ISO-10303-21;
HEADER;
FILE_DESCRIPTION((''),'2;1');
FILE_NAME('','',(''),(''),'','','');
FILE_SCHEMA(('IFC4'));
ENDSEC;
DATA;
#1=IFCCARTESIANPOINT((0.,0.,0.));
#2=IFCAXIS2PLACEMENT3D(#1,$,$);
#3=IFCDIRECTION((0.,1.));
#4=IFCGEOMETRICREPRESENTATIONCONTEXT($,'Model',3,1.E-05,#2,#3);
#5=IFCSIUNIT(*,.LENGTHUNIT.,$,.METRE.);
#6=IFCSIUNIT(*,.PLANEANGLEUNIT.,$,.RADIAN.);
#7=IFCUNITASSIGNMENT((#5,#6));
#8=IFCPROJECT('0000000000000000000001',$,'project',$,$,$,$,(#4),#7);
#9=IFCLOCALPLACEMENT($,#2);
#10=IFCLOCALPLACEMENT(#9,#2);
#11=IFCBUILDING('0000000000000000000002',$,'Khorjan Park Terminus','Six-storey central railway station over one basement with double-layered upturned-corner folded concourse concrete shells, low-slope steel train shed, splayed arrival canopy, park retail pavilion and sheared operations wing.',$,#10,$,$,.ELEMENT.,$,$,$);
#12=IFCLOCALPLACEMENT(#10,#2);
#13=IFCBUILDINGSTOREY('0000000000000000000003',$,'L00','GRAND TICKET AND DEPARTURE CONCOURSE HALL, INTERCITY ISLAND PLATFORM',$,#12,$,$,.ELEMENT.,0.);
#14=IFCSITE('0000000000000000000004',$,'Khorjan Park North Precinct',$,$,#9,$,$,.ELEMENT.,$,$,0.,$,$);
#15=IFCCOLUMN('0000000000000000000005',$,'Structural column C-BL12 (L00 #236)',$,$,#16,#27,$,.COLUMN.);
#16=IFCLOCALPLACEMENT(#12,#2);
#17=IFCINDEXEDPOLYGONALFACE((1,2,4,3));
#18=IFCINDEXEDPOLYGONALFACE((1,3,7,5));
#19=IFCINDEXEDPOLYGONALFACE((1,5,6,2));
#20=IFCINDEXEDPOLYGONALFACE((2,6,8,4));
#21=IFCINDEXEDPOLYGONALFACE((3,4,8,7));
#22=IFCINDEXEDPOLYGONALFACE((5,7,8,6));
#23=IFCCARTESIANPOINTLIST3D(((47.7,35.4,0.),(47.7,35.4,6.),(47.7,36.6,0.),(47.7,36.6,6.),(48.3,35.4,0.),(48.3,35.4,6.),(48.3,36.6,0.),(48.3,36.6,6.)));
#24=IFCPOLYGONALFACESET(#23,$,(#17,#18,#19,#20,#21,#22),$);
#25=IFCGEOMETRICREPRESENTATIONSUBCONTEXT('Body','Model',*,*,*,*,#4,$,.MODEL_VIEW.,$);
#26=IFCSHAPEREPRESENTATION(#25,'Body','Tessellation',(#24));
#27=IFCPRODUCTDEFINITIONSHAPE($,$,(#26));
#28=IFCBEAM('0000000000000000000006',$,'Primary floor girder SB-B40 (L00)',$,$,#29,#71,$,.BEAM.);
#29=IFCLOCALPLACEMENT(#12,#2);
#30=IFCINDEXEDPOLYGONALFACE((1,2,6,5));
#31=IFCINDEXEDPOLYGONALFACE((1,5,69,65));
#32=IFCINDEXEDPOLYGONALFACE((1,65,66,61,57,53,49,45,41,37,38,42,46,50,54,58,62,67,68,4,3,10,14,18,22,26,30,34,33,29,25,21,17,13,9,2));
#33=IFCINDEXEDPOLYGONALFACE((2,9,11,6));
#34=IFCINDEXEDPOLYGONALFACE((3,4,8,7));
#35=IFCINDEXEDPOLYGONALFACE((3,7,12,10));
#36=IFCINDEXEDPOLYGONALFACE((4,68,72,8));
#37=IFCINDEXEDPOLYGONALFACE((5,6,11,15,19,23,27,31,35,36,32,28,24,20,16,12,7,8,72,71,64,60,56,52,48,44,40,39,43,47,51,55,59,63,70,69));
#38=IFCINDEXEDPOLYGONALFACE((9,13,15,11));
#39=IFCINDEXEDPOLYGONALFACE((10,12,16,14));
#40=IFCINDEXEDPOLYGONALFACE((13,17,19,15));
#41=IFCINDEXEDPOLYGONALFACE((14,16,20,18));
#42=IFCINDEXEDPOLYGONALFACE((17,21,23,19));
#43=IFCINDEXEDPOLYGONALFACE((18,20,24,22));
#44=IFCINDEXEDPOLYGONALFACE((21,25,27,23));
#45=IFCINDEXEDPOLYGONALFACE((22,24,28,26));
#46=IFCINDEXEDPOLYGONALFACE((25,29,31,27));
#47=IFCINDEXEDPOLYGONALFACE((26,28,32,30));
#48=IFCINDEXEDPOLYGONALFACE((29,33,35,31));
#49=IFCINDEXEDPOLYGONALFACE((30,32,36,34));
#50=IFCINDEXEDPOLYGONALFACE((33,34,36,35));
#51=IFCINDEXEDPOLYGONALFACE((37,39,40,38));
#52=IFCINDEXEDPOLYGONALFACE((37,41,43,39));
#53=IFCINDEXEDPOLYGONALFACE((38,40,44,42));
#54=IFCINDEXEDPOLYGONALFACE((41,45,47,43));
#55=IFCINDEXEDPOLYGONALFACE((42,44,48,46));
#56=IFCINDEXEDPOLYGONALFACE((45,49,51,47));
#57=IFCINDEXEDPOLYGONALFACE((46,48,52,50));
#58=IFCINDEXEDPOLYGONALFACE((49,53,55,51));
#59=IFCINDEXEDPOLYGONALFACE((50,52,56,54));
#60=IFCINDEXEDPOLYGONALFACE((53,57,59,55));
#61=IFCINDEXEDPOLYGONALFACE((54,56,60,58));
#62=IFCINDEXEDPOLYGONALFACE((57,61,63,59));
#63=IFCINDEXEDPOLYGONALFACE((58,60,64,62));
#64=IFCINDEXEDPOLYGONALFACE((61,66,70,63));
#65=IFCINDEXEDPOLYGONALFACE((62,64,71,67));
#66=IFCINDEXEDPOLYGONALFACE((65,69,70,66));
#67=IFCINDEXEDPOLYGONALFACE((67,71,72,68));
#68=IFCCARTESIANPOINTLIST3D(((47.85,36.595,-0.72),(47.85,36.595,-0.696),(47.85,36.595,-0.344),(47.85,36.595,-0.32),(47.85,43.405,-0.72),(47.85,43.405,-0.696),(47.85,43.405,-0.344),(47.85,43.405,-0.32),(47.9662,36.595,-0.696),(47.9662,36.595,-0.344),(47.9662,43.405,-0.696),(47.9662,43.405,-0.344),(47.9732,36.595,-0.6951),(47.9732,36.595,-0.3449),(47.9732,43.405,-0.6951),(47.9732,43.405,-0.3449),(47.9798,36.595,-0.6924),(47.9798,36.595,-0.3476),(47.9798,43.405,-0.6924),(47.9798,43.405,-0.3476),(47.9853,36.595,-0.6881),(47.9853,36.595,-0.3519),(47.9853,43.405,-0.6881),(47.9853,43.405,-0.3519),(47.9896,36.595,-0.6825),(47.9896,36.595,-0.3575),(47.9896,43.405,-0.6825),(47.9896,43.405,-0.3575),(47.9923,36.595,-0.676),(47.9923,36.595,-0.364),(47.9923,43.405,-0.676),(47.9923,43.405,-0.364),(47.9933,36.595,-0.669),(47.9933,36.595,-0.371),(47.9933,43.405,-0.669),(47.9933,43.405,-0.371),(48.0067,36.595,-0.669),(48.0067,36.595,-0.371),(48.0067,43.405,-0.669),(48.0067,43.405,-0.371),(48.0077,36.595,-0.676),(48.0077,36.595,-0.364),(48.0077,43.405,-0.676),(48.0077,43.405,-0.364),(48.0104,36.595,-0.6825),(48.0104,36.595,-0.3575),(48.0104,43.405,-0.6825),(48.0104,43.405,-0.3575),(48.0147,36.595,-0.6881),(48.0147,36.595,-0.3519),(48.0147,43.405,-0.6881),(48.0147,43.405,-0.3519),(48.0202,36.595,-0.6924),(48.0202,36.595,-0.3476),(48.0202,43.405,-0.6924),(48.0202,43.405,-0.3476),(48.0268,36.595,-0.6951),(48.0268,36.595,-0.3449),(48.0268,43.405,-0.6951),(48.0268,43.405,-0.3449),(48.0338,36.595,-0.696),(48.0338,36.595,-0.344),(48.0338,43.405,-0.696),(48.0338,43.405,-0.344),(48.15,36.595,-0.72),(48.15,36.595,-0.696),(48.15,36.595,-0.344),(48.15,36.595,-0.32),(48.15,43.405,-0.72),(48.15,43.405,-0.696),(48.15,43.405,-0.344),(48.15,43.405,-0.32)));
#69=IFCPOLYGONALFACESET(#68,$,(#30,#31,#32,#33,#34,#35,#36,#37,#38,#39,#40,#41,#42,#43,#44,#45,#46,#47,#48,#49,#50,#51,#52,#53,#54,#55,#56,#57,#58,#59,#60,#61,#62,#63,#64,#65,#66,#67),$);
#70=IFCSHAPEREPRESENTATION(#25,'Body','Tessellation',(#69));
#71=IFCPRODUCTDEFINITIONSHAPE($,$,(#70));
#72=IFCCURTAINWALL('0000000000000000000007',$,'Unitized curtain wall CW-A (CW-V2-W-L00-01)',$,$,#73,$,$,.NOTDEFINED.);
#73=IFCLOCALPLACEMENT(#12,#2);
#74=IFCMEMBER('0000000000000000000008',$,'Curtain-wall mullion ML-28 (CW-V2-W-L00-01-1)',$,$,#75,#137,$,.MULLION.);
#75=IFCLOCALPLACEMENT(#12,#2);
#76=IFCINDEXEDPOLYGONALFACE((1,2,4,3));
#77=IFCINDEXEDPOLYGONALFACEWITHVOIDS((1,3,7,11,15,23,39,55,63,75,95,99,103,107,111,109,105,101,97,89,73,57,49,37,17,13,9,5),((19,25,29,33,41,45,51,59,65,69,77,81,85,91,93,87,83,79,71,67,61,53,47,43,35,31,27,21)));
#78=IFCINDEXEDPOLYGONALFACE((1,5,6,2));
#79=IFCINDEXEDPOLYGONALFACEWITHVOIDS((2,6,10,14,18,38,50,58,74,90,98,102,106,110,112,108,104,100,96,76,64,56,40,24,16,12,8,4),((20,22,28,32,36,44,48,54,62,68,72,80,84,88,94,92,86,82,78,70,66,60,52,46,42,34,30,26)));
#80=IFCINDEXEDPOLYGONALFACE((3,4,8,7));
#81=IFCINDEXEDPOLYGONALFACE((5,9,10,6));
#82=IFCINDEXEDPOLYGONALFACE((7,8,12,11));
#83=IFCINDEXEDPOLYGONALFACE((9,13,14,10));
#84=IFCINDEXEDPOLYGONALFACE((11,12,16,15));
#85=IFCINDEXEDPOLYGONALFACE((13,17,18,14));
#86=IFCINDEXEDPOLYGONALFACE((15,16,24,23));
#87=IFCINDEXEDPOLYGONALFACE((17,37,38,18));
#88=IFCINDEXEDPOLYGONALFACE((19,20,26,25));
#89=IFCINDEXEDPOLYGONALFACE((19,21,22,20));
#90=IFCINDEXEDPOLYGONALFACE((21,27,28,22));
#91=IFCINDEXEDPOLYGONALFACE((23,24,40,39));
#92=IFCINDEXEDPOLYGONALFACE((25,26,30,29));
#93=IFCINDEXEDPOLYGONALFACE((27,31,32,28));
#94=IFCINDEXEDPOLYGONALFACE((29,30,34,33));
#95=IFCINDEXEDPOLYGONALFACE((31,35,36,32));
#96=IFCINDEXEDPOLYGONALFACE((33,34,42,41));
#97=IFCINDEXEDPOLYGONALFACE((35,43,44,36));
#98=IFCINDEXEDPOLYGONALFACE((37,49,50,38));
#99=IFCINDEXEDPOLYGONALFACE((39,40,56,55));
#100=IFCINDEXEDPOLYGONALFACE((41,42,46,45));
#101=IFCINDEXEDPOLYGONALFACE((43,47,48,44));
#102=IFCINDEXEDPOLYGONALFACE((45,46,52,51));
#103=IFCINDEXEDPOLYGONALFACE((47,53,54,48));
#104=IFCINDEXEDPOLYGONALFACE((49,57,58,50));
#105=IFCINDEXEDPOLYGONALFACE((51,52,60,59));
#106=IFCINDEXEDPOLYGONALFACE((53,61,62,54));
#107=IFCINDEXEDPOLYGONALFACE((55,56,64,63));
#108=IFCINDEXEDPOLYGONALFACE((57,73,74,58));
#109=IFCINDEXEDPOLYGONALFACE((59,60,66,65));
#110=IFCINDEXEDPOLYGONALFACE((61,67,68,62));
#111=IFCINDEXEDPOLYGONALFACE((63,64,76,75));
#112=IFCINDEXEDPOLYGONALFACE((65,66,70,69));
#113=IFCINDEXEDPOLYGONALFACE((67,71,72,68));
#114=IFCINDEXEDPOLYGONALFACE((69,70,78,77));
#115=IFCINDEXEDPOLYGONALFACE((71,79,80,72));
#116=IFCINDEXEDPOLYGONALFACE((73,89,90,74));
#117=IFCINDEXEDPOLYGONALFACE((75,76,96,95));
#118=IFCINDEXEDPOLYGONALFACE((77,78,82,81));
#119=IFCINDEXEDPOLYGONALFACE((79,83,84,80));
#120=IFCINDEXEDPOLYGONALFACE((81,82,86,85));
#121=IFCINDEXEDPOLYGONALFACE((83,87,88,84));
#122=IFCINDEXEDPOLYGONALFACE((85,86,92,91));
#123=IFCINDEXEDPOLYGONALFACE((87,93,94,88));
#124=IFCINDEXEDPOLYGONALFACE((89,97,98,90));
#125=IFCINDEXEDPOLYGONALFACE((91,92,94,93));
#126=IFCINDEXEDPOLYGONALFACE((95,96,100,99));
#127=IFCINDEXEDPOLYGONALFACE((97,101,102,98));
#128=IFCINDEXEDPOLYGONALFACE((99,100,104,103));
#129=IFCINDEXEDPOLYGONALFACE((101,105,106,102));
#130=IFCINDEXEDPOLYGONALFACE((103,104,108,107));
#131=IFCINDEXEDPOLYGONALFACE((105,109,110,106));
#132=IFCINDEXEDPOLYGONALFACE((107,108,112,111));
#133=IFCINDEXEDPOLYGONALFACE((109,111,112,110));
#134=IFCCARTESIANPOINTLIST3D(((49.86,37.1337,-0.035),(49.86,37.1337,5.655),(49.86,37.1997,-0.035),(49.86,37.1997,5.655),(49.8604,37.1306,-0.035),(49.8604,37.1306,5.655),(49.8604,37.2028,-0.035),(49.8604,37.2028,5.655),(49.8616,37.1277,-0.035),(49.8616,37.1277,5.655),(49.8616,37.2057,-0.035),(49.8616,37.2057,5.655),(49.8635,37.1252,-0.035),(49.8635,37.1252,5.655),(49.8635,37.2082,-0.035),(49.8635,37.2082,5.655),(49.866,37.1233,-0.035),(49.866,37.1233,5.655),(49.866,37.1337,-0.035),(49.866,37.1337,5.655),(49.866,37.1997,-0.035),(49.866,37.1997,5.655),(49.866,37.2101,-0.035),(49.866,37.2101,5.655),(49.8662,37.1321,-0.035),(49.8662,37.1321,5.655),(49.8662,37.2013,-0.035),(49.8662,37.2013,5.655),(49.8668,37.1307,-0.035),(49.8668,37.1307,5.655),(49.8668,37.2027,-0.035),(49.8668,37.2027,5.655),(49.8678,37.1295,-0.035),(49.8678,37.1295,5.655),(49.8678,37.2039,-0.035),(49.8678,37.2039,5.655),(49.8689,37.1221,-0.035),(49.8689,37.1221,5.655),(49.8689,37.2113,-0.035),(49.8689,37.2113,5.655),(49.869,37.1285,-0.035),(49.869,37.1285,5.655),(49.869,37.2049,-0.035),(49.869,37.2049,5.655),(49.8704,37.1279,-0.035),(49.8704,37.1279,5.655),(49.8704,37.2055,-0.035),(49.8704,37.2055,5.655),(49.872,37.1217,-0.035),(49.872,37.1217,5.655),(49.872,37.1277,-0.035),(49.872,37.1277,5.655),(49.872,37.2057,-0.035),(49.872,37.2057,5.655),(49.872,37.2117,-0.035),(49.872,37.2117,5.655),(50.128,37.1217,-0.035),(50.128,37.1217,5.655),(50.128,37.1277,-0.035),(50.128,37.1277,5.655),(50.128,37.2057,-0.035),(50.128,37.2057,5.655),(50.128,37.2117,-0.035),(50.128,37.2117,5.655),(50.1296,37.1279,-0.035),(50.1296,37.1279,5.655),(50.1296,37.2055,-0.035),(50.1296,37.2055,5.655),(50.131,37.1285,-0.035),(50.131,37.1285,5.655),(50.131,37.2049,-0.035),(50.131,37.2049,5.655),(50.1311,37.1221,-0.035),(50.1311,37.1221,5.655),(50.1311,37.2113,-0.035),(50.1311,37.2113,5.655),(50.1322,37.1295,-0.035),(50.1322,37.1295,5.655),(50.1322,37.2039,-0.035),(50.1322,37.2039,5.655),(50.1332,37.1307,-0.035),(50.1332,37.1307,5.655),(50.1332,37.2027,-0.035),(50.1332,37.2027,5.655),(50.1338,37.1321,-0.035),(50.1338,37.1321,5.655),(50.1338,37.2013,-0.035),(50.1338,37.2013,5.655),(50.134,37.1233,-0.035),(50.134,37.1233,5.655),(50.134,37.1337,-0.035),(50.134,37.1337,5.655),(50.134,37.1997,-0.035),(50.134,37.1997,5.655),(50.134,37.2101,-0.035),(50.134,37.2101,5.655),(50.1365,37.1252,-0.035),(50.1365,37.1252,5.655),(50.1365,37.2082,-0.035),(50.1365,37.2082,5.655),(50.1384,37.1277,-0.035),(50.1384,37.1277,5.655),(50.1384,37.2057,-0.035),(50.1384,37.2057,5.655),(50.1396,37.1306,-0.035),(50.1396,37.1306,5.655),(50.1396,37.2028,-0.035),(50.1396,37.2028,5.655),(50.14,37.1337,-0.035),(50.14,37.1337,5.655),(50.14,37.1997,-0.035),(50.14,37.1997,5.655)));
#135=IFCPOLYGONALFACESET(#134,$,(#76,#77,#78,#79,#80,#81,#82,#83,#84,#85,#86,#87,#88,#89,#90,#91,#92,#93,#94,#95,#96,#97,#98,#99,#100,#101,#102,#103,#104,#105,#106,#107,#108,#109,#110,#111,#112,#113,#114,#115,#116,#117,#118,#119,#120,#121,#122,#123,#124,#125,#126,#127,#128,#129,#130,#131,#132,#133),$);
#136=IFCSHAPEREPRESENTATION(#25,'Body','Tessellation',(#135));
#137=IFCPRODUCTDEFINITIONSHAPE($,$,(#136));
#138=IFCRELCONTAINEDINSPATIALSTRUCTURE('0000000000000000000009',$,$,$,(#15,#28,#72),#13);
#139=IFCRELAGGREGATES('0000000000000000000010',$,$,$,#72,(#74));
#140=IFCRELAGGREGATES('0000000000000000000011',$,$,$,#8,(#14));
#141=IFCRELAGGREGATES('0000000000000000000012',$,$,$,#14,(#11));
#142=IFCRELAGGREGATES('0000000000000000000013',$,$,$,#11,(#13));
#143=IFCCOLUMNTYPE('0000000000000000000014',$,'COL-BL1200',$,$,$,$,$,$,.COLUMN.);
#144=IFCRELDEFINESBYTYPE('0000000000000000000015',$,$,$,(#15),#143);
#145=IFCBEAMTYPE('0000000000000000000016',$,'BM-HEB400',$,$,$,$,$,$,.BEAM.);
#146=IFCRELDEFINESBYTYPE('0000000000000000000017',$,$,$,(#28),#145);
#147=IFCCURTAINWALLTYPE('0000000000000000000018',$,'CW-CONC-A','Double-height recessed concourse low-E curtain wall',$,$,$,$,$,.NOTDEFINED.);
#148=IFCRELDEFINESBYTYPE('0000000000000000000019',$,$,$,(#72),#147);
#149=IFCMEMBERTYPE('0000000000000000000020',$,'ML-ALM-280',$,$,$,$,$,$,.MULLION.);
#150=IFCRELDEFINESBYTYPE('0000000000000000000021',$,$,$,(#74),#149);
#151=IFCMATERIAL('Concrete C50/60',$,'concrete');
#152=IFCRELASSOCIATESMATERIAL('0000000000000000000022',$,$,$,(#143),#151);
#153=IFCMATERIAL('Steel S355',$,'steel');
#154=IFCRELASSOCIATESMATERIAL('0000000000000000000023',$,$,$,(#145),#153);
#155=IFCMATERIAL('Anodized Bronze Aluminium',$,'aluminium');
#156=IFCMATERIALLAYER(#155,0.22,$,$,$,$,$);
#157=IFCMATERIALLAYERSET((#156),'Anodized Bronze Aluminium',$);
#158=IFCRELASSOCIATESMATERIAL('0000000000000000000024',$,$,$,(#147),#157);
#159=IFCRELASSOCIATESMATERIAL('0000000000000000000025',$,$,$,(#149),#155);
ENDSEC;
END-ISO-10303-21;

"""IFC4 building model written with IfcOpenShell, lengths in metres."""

from ifc_helpers import new_model, si_unit, direction, frame, origin, origin_2d, place, context, subcontext, project, spatial, rectangle, hollow_rectangle, i_section, extrude, material, layer, layer_set, material_profile, profile_set, type_object, element, aggregate, save


model = new_model("IFC4")

# Units and contexts
model_context = context("Model", 3, precision=1e-05, world=origin(), true_north=direction((0.0, 1.0)))
body_context = subcontext(model_context, "Body", "Model", "MODEL_VIEW")
ifc_project = project(units=[si_unit("LENGTHUNIT", "METRE"), si_unit("PLANEANGLEUNIT", "RADIAN")], contexts=[model_context])

# Site, building, storey
site_placement = place(None, origin())
site = spatial("IfcSite", under=ifc_project, at=site_placement, Name="Khorjan Park North Precinct", CompositionType="ELEMENT", RefElevation=0.0)
building_placement = place(site_placement, origin())
building = spatial("IfcBuilding", under=site, at=building_placement, Name="Khorjan Park Terminus", Description="Six-storey central railway station over one basement with double-layered upturned-corner folded concourse concrete shells, low-slope steel train shed, splayed arrival canopy, park retail pavilion and sheared operations wing.", CompositionType="ELEMENT")
storey_placement = place(building_placement, origin())
storey = spatial("IfcBuildingStorey", under=building, at=storey_placement, Name="L00", Description="GRAND TICKET AND DEPARTURE CONCOURSE HALL, INTERCITY ISLAND PLATFORM", CompositionType="ELEMENT", Elevation=0.0)

# Column
ifc_material_1 = material(Name="Concrete C50/60", Category="concrete")
ifc_material_profile_1 = material_profile(ifc_material_1, rectangle(XDim=0.6, YDim=1.2, at=origin_2d()), Name="RC 600x1200")
ifc_profile_set_1 = profile_set([ifc_material_profile_1], Name="Concrete C50/60")
column_type = type_object("IfcColumnType", Name="COL-BL1200", PredefinedType="COLUMN", material=ifc_profile_set_1)
column_placement = place(storey_placement, frame((48.0, 36.0, 0.0), z_axis=(0.0, 0.0, 1.0), x_axis=(1.0, 0.0, 0.0)))
element("IfcColumn", 1, at=column_placement, inside=storey, type_object=column_type, Name="Structural column C-BL12 (L00 #236)", PredefinedType="COLUMN", context=body_context, shape_type="SweptSolid", body=[
    extrude(rectangle(XDim=0.6, YDim=1.2, at=origin_2d()), origin(), (0.0, 0.0, 1.0), 6.0),
])

# Beam
ifc_material_2 = material(Name="Steel S355", Category="steel")
ifc_material_profile_2 = material_profile(ifc_material_2, i_section(OverallWidth=0.3, OverallDepth=0.4, WebThickness=0.0135, FlangeThickness=0.024, FilletRadius=0.027, at=origin_2d()), Name="HEB 400")
ifc_profile_set_2 = profile_set([ifc_material_profile_2], Name="Steel S355")
beam_type = type_object("IfcBeamType", Name="BM-HEB400", PredefinedType="BEAM", material=ifc_profile_set_2)
beam_placement = place(storey_placement, frame((48.0, 36.595, -0.52), z_axis=(0.0, 1.0, 0.0), x_axis=(-1.0, 0.0, 0.0)))
element("IfcBeam", 2, at=beam_placement, inside=storey, type_object=beam_type, Name="Primary floor girder SB-B40 (L00)", PredefinedType="BEAM", context=body_context, shape_type="SweptSolid", body=[
    extrude(i_section(OverallWidth=0.3, OverallDepth=0.4, WebThickness=0.0135, FlangeThickness=0.024, FilletRadius=0.027, at=origin_2d()), origin(), (0.0, 0.0, 1.0), 6.81),
])

# Curtain wall, member
ifc_material_3 = material(Name="Anodized Bronze Aluminium", Category="aluminium")
ifc_layer_1 = layer(ifc_material_3, 0.22)
ifc_layer_set_1 = layer_set([ifc_layer_1], Name="Anodized Bronze Aluminium")
curtain_wall_type = type_object("IfcCurtainWallType", Name="CW-CONC-A", Description="Double-height recessed concourse low-E curtain wall", PredefinedType="NOTDEFINED", material=ifc_layer_set_1)
curtain_wall_placement = place(storey_placement, origin())
curtain_wall = element("IfcCurtainWall", 3, at=curtain_wall_placement, inside=storey, type_object=curtain_wall_type, Name="Unitized curtain wall CW-A (CW-V2-W-L00-01)", PredefinedType="NOTDEFINED")
ifc_material_profile_3 = material_profile(ifc_material_3, hollow_rectangle(XDim=0.09, YDim=0.28, WallThickness=0.006, InnerFilletRadius=0.006, OuterFilletRadius=0.012, at=origin_2d()), Name="ALM 90x280x6")
ifc_profile_set_3 = profile_set([ifc_material_profile_3], Name="Anodized Bronze Aluminium")
member_type_1 = type_object("IfcMemberType", Name="ML-ALM-280", PredefinedType="MULLION", material=ifc_profile_set_3)
member_1_placement = place(storey_placement, frame((50.0, 37.1667, -0.035), z_axis=(0.0, 0.0, 1.0), x_axis=(0.0, -1.0, 0.0)))
member_1 = element("IfcMember", 4, at=member_1_placement, type_object=member_type_1, Name="Curtain-wall mullion ML-28 (CW-V2-W-L00-01-1)", PredefinedType="MULLION", context=body_context, shape_type="SweptSolid", body=[
    extrude(hollow_rectangle(XDim=0.09, YDim=0.28, WallThickness=0.006, InnerFilletRadius=0.006, OuterFilletRadius=0.012, at=origin_2d()), origin(), (0.0, 0.0, 1.0), 5.69),
])
aggregate(curtain_wall, [member_1])

save(model, "model.ifc")
